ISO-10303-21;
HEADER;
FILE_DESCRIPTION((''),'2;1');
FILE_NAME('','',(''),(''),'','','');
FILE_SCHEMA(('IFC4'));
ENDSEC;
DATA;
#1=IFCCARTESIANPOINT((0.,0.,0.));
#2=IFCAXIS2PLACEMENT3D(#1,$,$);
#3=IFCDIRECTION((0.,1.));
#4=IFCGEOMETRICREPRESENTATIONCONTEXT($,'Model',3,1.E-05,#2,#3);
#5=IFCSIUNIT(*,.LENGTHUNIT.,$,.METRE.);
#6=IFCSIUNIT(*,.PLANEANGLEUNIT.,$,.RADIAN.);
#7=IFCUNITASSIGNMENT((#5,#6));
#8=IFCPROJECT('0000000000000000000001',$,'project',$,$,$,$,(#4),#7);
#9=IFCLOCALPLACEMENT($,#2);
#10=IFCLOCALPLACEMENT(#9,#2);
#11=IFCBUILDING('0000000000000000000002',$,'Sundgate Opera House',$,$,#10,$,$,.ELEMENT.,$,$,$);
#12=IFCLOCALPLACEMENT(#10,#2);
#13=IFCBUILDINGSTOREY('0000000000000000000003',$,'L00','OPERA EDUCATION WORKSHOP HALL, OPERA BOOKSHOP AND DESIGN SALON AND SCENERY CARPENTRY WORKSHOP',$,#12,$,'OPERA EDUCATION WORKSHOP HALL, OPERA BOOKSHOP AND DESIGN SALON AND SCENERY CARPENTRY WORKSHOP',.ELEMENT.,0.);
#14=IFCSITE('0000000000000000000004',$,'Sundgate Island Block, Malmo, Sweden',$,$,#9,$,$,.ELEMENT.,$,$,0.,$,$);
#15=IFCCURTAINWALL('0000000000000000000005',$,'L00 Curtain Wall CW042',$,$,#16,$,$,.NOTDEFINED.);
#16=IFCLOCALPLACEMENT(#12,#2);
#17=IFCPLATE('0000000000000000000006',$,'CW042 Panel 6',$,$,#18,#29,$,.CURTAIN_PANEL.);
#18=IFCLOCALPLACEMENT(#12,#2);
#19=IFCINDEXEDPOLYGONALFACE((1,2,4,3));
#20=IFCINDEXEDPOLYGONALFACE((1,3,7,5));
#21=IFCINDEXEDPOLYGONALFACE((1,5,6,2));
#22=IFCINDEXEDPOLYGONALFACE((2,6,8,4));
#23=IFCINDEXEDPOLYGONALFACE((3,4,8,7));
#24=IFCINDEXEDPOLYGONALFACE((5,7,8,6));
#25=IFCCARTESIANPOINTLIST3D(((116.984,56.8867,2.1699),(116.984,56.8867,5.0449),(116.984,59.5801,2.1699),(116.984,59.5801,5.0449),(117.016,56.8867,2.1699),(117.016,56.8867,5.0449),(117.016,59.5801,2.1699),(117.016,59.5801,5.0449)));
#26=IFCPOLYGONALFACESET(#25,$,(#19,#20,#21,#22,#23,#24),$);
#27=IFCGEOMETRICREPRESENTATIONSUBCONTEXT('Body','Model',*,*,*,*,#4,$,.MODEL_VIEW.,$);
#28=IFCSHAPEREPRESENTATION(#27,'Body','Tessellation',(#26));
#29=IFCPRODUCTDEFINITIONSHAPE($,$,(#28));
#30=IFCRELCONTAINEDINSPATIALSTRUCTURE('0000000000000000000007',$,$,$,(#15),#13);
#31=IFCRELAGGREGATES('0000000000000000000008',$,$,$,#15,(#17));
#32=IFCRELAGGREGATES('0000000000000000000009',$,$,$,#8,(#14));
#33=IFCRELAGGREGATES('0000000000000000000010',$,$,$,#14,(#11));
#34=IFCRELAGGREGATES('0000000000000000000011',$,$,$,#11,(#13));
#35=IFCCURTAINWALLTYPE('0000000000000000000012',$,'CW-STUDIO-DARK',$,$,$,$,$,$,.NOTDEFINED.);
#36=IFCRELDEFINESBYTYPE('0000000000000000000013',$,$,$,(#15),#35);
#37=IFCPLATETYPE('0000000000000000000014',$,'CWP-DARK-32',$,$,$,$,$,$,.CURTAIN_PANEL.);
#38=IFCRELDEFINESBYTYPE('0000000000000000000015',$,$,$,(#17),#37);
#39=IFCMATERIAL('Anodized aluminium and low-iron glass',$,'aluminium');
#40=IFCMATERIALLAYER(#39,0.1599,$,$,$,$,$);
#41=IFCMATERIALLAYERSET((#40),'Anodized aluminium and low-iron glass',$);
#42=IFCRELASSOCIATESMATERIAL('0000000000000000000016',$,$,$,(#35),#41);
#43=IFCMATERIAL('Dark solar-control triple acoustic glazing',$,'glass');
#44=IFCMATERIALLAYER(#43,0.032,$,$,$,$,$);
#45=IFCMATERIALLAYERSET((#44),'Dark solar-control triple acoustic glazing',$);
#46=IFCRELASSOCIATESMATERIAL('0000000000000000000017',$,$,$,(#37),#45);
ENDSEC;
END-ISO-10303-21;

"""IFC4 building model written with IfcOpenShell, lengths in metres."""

from ifc_helpers import new_model, si_unit, direction, frame, origin, origin_2d, place, context, subcontext, project, spatial, rectangle, extrude, material, layer, layer_set, type_object, element, aggregate, save


model = new_model("IFC4")

# Units and contexts
model_context = context("Model", 3, precision=1e-05, world=origin(), true_north=direction((0.0, 1.0)))
body_context = subcontext(model_context, "Body", "Model", "MODEL_VIEW")
ifc_project = project(units=[si_unit("LENGTHUNIT", "METRE"), si_unit("PLANEANGLEUNIT", "RADIAN")], contexts=[model_context])

# Site, building, storey
site_placement = place(None, origin())
site = spatial("IfcSite", under=ifc_project, at=site_placement, Name="Sundgate Island Block, Malmo, Sweden", CompositionType="ELEMENT", RefElevation=0.0)
building_placement = place(site_placement, origin())
building = spatial("IfcBuilding", under=site, at=building_placement, Name="Sundgate Opera House", CompositionType="ELEMENT")
storey_placement = place(building_placement, origin())
storey = spatial("IfcBuildingStorey", under=building, at=storey_placement, Name="L00", Description="OPERA EDUCATION WORKSHOP HALL, OPERA BOOKSHOP AND DESIGN SALON AND SCENERY CARPENTRY WORKSHOP", LongName="OPERA EDUCATION WORKSHOP HALL, OPERA BOOKSHOP AND DESIGN SALON AND SCENERY CARPENTRY WORKSHOP", CompositionType="ELEMENT", Elevation=0.0)

# Curtain wall, plate
ifc_material_1 = material(Name="Anodized aluminium and low-iron glass", Category="aluminium")
ifc_layer_1 = layer(ifc_material_1, 0.1599)
ifc_layer_set_1 = layer_set([ifc_layer_1], Name="Anodized aluminium and low-iron glass")
curtain_wall_type = type_object("IfcCurtainWallType", Name="CW-STUDIO-DARK", PredefinedType="NOTDEFINED", material=ifc_layer_set_1)
curtain_wall_placement = place(storey_placement, origin())
curtain_wall = element("IfcCurtainWall", 1, at=curtain_wall_placement, inside=storey, type_object=curtain_wall_type, Name="L00 Curtain Wall CW042", PredefinedType="NOTDEFINED")
ifc_material_2 = material(Name="Dark solar-control triple acoustic glazing", Category="glass")
ifc_layer_2 = layer(ifc_material_2, 0.032)
ifc_layer_set_2 = layer_set([ifc_layer_2], Name="Dark solar-control triple acoustic glazing")
plate_type = type_object("IfcPlateType", Name="CWP-DARK-32", PredefinedType="CURTAIN_PANEL", material=ifc_layer_set_2)
plate_1_placement = place(storey_placement, frame((117.0, 58.2334, 2.1699), z_axis=(0.0, 0.0, 1.0), x_axis=(0.0, 1.0, 0.0)))
plate_1 = element("IfcPlate", 2, at=plate_1_placement, type_object=plate_type, Name="CW042 Panel 6", PredefinedType="CURTAIN_PANEL", context=body_context, shape_type="SweptSolid", body=[
    extrude(rectangle(XDim=2.6934, YDim=0.032, at=origin_2d()), origin(), (0.0, 0.0, 1.0), 2.875),
])
aggregate(curtain_wall, [plate_1])

save(model, "model.ifc")
